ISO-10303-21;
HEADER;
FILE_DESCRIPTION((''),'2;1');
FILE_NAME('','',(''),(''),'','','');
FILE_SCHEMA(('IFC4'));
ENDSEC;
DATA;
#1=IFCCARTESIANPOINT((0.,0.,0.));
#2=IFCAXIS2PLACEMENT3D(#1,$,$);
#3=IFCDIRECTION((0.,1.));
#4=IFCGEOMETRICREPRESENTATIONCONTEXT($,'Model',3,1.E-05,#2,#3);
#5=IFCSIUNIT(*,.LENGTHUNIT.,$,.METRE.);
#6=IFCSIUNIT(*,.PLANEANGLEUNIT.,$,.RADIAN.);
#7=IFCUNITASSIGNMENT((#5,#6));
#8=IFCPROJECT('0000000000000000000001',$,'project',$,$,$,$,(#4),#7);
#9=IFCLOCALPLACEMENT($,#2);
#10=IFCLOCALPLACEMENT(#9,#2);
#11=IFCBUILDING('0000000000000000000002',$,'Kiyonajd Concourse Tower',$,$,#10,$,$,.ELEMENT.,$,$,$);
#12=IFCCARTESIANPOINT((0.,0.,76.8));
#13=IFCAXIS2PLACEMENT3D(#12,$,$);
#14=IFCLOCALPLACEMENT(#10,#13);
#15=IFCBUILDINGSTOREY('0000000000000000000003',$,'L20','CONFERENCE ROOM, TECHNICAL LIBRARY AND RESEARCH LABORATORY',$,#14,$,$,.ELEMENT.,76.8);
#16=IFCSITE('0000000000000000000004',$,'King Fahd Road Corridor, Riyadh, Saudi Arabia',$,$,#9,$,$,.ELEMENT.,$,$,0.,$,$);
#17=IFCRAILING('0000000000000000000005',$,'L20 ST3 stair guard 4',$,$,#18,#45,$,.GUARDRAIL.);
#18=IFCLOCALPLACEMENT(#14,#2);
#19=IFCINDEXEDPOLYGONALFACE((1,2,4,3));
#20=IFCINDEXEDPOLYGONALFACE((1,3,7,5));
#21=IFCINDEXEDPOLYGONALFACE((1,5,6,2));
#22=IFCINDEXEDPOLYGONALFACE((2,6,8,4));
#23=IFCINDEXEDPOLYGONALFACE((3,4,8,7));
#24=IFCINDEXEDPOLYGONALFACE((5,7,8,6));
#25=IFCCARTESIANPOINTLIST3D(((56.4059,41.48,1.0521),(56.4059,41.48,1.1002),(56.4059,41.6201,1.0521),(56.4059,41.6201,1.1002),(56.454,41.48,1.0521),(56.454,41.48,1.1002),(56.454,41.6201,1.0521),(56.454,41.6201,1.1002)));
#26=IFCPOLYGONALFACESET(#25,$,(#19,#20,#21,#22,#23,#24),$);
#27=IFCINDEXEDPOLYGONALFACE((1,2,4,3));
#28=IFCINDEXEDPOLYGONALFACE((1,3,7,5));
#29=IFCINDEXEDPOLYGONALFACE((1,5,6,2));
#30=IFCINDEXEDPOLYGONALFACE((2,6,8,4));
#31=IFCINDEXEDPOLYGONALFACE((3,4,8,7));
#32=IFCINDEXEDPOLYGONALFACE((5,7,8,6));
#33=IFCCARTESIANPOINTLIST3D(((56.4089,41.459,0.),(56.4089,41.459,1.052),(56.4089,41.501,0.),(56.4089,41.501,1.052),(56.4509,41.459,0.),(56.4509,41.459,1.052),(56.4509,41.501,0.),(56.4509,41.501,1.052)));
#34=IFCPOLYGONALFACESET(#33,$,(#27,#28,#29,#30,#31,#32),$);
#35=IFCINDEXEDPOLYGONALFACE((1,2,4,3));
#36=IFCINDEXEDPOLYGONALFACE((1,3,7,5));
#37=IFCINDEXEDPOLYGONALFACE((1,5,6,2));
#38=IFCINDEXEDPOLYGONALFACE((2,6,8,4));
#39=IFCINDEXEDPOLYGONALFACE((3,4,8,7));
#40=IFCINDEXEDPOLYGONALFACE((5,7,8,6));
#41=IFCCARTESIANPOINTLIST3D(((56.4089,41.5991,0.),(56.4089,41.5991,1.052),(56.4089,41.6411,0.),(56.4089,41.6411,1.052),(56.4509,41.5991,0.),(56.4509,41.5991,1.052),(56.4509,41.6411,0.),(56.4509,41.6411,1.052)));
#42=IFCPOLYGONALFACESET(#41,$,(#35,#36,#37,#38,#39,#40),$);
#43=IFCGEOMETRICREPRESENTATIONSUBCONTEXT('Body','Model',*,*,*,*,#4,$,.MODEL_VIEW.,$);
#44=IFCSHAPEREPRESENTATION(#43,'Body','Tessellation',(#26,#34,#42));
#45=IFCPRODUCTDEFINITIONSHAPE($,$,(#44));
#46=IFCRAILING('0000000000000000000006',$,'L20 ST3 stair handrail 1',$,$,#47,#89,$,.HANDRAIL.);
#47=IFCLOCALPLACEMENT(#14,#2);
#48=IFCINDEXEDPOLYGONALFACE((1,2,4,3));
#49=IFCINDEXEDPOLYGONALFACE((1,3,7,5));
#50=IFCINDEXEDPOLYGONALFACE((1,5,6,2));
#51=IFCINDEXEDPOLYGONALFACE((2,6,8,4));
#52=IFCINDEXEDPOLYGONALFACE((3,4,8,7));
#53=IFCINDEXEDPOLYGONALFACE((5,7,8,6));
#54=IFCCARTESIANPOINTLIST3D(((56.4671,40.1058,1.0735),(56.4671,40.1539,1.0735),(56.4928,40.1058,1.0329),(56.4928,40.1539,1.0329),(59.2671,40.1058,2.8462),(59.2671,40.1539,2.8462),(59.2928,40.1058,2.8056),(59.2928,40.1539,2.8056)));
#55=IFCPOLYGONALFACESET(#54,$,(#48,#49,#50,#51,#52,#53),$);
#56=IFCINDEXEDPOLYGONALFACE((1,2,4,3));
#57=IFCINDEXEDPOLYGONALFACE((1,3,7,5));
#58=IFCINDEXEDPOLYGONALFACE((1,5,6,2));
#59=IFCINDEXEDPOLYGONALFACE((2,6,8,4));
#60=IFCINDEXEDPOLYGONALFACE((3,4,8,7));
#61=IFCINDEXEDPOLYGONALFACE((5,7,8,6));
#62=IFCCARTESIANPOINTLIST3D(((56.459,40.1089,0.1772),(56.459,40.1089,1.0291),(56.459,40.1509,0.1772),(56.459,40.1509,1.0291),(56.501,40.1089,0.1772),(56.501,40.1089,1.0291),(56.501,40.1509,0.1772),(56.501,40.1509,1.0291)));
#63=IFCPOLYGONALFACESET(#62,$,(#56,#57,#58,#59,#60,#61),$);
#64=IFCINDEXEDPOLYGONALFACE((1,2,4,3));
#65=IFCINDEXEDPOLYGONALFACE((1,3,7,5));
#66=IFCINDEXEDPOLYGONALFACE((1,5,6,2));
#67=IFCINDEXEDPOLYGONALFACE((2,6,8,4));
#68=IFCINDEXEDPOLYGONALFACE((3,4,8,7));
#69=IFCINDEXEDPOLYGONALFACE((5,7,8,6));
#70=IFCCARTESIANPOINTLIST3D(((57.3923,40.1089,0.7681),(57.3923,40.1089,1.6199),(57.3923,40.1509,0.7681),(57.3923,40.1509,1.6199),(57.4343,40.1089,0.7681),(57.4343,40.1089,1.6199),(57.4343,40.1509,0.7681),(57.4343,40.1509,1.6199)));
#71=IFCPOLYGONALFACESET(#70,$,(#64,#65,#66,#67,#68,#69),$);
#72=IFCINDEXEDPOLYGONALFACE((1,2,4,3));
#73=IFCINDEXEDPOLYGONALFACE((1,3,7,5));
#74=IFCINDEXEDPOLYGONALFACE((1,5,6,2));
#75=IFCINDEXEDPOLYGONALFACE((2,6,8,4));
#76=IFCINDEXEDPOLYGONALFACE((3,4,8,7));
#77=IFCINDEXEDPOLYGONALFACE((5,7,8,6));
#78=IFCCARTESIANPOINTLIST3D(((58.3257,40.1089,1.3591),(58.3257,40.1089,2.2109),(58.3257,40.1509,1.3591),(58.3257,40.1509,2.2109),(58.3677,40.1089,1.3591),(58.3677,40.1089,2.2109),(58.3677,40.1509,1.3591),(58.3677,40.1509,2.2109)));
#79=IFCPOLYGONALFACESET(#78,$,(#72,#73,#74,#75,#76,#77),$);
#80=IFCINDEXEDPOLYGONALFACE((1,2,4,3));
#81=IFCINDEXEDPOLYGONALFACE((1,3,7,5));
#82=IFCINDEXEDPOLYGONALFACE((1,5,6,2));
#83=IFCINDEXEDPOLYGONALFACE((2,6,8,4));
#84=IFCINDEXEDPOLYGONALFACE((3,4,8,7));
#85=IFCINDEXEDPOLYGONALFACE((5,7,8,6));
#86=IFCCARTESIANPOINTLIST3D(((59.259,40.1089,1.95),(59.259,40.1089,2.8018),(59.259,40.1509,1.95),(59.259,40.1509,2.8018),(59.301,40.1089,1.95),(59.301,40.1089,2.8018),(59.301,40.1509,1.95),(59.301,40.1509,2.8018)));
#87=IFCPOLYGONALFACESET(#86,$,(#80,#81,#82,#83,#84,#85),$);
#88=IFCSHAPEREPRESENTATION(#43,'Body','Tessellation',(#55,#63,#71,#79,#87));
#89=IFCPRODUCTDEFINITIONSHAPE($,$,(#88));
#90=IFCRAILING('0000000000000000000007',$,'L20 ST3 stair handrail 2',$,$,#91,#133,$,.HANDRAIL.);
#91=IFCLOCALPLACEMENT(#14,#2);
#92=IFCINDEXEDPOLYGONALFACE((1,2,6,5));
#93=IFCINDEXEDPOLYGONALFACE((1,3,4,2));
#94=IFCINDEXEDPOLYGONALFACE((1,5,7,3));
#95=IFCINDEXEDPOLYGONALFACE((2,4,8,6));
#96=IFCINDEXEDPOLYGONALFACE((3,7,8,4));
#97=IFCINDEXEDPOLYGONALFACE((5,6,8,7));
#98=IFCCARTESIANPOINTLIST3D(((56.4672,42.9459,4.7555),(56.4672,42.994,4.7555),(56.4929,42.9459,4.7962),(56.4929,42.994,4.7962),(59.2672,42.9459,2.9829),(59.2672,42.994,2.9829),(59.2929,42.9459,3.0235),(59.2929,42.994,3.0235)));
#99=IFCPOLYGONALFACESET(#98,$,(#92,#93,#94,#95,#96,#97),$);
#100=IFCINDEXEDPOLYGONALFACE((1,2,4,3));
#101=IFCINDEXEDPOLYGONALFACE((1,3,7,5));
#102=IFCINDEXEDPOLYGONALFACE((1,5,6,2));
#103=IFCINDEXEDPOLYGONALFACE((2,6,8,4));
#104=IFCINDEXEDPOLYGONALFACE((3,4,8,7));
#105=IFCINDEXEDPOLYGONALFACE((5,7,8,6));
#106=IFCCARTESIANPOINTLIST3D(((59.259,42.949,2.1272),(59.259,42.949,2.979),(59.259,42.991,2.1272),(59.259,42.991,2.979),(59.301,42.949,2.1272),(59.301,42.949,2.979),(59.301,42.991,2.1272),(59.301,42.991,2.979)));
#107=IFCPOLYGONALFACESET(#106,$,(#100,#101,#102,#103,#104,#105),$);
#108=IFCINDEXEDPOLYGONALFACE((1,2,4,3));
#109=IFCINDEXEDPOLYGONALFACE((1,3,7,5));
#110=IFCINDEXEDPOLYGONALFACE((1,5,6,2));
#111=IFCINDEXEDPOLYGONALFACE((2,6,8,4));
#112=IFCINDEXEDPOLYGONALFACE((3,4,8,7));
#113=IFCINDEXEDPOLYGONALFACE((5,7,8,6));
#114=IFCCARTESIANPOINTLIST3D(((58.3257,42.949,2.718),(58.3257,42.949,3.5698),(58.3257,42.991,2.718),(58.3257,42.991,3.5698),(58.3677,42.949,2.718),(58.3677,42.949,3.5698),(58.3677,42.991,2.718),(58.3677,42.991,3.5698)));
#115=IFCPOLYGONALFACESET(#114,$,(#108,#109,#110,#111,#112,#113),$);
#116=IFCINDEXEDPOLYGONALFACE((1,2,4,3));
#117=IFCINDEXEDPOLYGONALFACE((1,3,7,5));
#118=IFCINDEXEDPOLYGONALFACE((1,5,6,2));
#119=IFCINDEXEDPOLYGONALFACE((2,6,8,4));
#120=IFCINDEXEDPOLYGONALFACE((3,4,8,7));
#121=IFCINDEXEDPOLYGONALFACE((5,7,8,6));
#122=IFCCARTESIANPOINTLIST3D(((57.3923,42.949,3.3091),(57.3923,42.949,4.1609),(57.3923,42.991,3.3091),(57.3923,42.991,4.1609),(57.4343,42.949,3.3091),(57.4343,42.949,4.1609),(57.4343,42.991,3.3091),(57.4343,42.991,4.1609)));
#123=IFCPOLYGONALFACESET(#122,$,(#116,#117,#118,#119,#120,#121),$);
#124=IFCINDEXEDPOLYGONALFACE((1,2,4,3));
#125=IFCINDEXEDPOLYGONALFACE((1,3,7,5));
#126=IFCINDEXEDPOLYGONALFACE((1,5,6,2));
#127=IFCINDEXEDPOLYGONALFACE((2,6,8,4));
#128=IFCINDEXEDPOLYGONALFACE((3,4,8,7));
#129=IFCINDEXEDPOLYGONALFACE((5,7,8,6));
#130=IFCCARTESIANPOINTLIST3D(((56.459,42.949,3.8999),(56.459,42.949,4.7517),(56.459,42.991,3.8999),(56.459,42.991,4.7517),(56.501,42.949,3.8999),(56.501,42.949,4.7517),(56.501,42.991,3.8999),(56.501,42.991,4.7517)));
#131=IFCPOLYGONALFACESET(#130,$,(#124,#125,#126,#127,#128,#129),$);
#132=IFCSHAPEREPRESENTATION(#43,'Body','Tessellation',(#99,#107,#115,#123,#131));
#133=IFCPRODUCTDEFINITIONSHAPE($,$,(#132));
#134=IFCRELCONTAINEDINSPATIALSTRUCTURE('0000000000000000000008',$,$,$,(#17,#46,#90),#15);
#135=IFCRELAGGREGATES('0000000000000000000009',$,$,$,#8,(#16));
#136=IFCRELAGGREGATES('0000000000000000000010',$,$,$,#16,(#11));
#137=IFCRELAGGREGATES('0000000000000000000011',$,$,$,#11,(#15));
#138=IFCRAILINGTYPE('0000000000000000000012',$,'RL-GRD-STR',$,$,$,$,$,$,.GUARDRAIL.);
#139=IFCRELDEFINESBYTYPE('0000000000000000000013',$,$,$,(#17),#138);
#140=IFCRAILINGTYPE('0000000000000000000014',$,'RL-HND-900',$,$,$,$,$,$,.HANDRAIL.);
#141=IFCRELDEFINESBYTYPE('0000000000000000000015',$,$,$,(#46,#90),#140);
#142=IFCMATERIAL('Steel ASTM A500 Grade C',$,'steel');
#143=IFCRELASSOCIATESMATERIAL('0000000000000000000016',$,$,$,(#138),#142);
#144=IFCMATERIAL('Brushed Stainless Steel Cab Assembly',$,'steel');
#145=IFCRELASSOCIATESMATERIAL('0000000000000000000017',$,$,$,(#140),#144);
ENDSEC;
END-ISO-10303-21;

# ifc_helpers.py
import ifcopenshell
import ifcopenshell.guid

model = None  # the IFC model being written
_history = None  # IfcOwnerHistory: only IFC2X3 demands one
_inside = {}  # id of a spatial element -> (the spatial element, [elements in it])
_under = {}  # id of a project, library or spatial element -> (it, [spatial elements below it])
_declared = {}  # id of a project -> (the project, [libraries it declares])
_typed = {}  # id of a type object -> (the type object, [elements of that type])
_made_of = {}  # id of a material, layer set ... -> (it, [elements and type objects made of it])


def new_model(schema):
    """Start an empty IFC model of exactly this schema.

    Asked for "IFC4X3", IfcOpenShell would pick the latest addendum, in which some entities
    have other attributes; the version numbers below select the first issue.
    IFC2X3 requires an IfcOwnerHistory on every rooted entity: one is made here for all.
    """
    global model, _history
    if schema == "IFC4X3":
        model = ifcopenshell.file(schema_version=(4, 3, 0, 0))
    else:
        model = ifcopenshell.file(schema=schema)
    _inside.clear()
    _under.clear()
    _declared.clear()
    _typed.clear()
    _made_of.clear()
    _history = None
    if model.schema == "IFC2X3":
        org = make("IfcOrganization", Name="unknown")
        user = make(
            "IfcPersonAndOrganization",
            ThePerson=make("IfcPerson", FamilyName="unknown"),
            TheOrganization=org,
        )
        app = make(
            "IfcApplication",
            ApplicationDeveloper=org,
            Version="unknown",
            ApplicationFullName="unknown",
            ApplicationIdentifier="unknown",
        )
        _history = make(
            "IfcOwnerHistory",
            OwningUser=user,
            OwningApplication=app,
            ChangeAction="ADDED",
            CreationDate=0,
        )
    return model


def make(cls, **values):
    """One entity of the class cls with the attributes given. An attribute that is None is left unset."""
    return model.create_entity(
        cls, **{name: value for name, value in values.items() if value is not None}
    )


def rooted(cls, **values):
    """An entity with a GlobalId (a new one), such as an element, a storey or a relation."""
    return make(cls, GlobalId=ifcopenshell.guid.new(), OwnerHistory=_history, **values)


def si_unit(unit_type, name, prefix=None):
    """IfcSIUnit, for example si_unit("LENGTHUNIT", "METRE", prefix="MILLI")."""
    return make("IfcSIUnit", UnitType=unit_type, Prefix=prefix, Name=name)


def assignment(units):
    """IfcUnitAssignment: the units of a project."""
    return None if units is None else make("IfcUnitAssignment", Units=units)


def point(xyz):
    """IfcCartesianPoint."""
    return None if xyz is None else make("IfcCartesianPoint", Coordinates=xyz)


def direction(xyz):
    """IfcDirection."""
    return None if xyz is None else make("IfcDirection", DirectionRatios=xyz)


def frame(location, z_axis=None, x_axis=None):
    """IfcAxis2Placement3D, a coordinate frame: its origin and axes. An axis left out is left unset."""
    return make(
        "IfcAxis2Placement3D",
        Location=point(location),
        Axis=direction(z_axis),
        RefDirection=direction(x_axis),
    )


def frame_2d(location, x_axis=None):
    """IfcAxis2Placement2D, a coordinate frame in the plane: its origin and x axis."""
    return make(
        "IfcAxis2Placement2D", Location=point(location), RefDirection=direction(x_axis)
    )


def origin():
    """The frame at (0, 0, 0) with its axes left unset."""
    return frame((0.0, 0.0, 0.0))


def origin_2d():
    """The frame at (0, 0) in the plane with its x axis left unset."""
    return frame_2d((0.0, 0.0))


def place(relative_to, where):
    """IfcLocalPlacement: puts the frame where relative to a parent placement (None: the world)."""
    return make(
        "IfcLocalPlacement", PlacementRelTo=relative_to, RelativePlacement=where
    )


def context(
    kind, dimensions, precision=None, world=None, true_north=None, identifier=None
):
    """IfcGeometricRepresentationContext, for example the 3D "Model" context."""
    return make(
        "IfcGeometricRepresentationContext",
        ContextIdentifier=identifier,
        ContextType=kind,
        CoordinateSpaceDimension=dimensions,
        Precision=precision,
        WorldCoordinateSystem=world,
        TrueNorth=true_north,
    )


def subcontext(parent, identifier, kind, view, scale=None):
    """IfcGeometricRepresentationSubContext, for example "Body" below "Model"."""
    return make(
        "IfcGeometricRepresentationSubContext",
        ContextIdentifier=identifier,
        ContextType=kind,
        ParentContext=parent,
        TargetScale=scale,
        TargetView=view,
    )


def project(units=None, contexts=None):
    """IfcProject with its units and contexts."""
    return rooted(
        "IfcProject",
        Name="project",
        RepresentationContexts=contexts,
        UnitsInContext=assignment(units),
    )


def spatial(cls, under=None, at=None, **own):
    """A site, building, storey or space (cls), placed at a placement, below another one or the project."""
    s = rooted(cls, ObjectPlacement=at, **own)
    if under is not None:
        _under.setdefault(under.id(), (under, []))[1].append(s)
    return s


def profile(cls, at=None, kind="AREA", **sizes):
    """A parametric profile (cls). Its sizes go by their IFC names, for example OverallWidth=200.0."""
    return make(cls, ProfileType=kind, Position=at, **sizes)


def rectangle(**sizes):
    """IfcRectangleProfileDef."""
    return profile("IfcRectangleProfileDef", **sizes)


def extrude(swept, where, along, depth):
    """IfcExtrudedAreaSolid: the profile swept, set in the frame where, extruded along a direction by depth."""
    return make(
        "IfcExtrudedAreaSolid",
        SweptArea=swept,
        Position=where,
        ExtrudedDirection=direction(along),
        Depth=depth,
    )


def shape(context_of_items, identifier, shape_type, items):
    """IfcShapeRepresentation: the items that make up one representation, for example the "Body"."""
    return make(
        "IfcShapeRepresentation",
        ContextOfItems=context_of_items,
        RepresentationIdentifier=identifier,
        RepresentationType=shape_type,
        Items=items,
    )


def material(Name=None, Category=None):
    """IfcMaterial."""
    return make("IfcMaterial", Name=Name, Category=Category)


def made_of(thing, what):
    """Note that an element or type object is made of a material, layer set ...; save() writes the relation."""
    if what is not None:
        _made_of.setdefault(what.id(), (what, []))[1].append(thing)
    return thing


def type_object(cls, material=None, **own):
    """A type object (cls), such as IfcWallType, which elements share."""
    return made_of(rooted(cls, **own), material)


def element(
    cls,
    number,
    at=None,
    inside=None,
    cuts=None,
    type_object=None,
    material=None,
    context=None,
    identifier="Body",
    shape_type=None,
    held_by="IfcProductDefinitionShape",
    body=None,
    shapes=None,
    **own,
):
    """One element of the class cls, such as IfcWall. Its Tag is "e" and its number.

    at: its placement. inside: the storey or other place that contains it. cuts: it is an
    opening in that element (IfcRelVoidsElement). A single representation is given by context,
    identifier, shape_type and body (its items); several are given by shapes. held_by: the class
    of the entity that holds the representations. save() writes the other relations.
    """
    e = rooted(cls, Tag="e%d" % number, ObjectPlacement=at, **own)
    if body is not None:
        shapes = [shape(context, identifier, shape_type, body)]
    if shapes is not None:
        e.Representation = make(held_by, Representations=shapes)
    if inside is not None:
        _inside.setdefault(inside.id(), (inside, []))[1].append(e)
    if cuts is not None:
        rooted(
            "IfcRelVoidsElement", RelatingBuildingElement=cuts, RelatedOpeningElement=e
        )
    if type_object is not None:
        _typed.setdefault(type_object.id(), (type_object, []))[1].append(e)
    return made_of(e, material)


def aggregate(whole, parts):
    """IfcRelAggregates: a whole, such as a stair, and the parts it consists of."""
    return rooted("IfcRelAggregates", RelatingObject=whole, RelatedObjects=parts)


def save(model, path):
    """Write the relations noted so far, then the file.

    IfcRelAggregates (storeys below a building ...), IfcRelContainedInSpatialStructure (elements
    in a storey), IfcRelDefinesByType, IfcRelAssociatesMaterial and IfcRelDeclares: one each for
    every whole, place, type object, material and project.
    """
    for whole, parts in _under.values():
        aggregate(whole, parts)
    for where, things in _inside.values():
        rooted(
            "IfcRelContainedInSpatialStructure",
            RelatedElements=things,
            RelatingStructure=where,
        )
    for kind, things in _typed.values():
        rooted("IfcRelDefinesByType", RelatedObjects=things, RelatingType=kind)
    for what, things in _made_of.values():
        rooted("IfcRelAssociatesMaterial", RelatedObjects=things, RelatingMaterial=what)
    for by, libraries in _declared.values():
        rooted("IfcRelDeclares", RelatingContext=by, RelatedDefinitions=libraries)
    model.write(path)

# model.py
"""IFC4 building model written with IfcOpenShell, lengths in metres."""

from ifc_helpers import new_model, si_unit, direction, frame, origin, origin_2d, place, context, subcontext, project, spatial, rectangle, extrude, material, type_object, element, save


model = new_model("IFC4")

# Units and contexts
model_context = context("Model", 3, precision=1e-05, world=origin(), true_north=direction((0.0, 1.0)))
body_context = subcontext(model_context, "Body", "Model", "MODEL_VIEW")
ifc_project = project(units=[si_unit("LENGTHUNIT", "METRE"), si_unit("PLANEANGLEUNIT", "RADIAN")], contexts=[model_context])

# Site, building, storey
site_placement = place(None, origin())
site = spatial("IfcSite", under=ifc_project, at=site_placement, Name="King Fahd Road Corridor, Riyadh, Saudi Arabia", CompositionType="ELEMENT", RefElevation=0.0)
building_placement = place(site_placement, origin())
building = spatial("IfcBuilding", under=site, at=building_placement, Name="Kiyonajd Concourse Tower", CompositionType="ELEMENT")
storey_placement = place(building_placement, frame((0.0, 0.0, 76.8)))
storey = spatial("IfcBuildingStorey", under=building, at=storey_placement, Name="L20", Description="CONFERENCE ROOM, TECHNICAL LIBRARY AND RESEARCH LABORATORY", CompositionType="ELEMENT", Elevation=76.8)

# Shared definitions
ifc_material_1 = material(Name="Brushed Stainless Steel Cab Assembly", Category="steel")

# Railings
ifc_material_2 = material(Name="Steel ASTM A500 Grade C", Category="steel")
railing_type_1 = type_object("IfcRailingType", Name="RL-GRD-STR", PredefinedType="GUARDRAIL", material=ifc_material_2)
railing_1_placement = place(storey_placement, frame((56.4299, 41.48, 0.0)))
element("IfcRailing", 1, at=railing_1_placement, inside=storey, type_object=railing_type_1, Name="L20 ST3 stair guard 4", PredefinedType="GUARDRAIL", context=body_context, shape_type="SweptSolid", body=[
    extrude(rectangle(XDim=0.0481, YDim=0.0481, at=origin_2d()), frame((0.0, 0.0, 1.0762), z_axis=(0.0, 1.0, 0.0), x_axis=(-1.0, 0.0, 0.0)), (0.0, 0.0, 1.0), 0.1401),
    extrude(rectangle(XDim=0.042, YDim=0.042, at=origin_2d()), origin(), (0.0, 0.0, 1.0), 1.052),
    extrude(rectangle(XDim=0.042, YDim=0.042, at=origin_2d()), frame((0.0, 0.1401, 0.0)), (0.0, 0.0, 1.0), 1.052),
])
railing_type_2 = type_object("IfcRailingType", Name="RL-HND-900", PredefinedType="HANDRAIL", material=ifc_material_1)
railing_2_placement = place(storey_placement, frame((56.48, 40.1299, 0.1772)))
element("IfcRailing", 2, at=railing_2_placement, inside=storey, type_object=railing_type_2, Name="L20 ST3 stair handrail 1", PredefinedType="HANDRAIL", context=body_context, shape_type="SweptSolid", body=[
    extrude(rectangle(XDim=0.0481, YDim=0.0481, at=origin_2d()), frame((0.0, 0.0, 0.876), z_axis=(0.844909, 0.0, 0.53491), x_axis=(0.0, 1.0, 0.0)), (0.0, 0.0, 1.0), 3.314),
    extrude(rectangle(XDim=0.042, YDim=0.042, at=origin_2d()), origin(), (0.0, 0.0, 1.0), 0.8518),
    extrude(rectangle(XDim=0.042, YDim=0.042, at=origin_2d()), frame((0.9333, 0.0, 0.5908)), (0.0, 0.0, 1.0), 0.8518),
    extrude(rectangle(XDim=0.042, YDim=0.042, at=origin_2d()), frame((1.8667, 0.0, 1.1819)), (0.0, 0.0, 1.0), 0.8518),
    extrude(rectangle(XDim=0.042, YDim=0.042, at=origin_2d()), frame((2.8, 0.0, 1.7727)), (0.0, 0.0, 1.0), 0.8518),
])
railing_3_placement = place(storey_placement, frame((59.28, 42.97, 2.1272)))
element("IfcRailing", 3, at=railing_3_placement, inside=storey, type_object=railing_type_2, Name="L20 ST3 stair handrail 2", PredefinedType="HANDRAIL", context=body_context, shape_type="SweptSolid", body=[
    extrude(rectangle(XDim=0.0481, YDim=0.0481, at=origin_2d()), frame((0.0, 0.0, 0.876), z_axis=(-0.844909, 0.0, 0.53491), x_axis=(0.0, -1.0, 0.0)), (0.0, 0.0, 1.0), 3.314),
    extrude(rectangle(XDim=0.042, YDim=0.042, at=origin_2d()), origin(), (0.0, 0.0, 1.0), 0.8518),
    extrude(rectangle(XDim=0.042, YDim=0.042, at=origin_2d()), frame((-0.9333, 0.0, 0.5908)), (0.0, 0.0, 1.0), 0.8518),
    extrude(rectangle(XDim=0.042, YDim=0.042, at=origin_2d()), frame((-1.8667, 0.0, 1.1819)), (0.0, 0.0, 1.0), 0.8518),
    extrude(rectangle(XDim=0.042, YDim=0.042, at=origin_2d()), frame((-2.8, 0.0, 1.7727)), (0.0, 0.0, 1.0), 0.8518),
])

save(model, "model.ifc")
